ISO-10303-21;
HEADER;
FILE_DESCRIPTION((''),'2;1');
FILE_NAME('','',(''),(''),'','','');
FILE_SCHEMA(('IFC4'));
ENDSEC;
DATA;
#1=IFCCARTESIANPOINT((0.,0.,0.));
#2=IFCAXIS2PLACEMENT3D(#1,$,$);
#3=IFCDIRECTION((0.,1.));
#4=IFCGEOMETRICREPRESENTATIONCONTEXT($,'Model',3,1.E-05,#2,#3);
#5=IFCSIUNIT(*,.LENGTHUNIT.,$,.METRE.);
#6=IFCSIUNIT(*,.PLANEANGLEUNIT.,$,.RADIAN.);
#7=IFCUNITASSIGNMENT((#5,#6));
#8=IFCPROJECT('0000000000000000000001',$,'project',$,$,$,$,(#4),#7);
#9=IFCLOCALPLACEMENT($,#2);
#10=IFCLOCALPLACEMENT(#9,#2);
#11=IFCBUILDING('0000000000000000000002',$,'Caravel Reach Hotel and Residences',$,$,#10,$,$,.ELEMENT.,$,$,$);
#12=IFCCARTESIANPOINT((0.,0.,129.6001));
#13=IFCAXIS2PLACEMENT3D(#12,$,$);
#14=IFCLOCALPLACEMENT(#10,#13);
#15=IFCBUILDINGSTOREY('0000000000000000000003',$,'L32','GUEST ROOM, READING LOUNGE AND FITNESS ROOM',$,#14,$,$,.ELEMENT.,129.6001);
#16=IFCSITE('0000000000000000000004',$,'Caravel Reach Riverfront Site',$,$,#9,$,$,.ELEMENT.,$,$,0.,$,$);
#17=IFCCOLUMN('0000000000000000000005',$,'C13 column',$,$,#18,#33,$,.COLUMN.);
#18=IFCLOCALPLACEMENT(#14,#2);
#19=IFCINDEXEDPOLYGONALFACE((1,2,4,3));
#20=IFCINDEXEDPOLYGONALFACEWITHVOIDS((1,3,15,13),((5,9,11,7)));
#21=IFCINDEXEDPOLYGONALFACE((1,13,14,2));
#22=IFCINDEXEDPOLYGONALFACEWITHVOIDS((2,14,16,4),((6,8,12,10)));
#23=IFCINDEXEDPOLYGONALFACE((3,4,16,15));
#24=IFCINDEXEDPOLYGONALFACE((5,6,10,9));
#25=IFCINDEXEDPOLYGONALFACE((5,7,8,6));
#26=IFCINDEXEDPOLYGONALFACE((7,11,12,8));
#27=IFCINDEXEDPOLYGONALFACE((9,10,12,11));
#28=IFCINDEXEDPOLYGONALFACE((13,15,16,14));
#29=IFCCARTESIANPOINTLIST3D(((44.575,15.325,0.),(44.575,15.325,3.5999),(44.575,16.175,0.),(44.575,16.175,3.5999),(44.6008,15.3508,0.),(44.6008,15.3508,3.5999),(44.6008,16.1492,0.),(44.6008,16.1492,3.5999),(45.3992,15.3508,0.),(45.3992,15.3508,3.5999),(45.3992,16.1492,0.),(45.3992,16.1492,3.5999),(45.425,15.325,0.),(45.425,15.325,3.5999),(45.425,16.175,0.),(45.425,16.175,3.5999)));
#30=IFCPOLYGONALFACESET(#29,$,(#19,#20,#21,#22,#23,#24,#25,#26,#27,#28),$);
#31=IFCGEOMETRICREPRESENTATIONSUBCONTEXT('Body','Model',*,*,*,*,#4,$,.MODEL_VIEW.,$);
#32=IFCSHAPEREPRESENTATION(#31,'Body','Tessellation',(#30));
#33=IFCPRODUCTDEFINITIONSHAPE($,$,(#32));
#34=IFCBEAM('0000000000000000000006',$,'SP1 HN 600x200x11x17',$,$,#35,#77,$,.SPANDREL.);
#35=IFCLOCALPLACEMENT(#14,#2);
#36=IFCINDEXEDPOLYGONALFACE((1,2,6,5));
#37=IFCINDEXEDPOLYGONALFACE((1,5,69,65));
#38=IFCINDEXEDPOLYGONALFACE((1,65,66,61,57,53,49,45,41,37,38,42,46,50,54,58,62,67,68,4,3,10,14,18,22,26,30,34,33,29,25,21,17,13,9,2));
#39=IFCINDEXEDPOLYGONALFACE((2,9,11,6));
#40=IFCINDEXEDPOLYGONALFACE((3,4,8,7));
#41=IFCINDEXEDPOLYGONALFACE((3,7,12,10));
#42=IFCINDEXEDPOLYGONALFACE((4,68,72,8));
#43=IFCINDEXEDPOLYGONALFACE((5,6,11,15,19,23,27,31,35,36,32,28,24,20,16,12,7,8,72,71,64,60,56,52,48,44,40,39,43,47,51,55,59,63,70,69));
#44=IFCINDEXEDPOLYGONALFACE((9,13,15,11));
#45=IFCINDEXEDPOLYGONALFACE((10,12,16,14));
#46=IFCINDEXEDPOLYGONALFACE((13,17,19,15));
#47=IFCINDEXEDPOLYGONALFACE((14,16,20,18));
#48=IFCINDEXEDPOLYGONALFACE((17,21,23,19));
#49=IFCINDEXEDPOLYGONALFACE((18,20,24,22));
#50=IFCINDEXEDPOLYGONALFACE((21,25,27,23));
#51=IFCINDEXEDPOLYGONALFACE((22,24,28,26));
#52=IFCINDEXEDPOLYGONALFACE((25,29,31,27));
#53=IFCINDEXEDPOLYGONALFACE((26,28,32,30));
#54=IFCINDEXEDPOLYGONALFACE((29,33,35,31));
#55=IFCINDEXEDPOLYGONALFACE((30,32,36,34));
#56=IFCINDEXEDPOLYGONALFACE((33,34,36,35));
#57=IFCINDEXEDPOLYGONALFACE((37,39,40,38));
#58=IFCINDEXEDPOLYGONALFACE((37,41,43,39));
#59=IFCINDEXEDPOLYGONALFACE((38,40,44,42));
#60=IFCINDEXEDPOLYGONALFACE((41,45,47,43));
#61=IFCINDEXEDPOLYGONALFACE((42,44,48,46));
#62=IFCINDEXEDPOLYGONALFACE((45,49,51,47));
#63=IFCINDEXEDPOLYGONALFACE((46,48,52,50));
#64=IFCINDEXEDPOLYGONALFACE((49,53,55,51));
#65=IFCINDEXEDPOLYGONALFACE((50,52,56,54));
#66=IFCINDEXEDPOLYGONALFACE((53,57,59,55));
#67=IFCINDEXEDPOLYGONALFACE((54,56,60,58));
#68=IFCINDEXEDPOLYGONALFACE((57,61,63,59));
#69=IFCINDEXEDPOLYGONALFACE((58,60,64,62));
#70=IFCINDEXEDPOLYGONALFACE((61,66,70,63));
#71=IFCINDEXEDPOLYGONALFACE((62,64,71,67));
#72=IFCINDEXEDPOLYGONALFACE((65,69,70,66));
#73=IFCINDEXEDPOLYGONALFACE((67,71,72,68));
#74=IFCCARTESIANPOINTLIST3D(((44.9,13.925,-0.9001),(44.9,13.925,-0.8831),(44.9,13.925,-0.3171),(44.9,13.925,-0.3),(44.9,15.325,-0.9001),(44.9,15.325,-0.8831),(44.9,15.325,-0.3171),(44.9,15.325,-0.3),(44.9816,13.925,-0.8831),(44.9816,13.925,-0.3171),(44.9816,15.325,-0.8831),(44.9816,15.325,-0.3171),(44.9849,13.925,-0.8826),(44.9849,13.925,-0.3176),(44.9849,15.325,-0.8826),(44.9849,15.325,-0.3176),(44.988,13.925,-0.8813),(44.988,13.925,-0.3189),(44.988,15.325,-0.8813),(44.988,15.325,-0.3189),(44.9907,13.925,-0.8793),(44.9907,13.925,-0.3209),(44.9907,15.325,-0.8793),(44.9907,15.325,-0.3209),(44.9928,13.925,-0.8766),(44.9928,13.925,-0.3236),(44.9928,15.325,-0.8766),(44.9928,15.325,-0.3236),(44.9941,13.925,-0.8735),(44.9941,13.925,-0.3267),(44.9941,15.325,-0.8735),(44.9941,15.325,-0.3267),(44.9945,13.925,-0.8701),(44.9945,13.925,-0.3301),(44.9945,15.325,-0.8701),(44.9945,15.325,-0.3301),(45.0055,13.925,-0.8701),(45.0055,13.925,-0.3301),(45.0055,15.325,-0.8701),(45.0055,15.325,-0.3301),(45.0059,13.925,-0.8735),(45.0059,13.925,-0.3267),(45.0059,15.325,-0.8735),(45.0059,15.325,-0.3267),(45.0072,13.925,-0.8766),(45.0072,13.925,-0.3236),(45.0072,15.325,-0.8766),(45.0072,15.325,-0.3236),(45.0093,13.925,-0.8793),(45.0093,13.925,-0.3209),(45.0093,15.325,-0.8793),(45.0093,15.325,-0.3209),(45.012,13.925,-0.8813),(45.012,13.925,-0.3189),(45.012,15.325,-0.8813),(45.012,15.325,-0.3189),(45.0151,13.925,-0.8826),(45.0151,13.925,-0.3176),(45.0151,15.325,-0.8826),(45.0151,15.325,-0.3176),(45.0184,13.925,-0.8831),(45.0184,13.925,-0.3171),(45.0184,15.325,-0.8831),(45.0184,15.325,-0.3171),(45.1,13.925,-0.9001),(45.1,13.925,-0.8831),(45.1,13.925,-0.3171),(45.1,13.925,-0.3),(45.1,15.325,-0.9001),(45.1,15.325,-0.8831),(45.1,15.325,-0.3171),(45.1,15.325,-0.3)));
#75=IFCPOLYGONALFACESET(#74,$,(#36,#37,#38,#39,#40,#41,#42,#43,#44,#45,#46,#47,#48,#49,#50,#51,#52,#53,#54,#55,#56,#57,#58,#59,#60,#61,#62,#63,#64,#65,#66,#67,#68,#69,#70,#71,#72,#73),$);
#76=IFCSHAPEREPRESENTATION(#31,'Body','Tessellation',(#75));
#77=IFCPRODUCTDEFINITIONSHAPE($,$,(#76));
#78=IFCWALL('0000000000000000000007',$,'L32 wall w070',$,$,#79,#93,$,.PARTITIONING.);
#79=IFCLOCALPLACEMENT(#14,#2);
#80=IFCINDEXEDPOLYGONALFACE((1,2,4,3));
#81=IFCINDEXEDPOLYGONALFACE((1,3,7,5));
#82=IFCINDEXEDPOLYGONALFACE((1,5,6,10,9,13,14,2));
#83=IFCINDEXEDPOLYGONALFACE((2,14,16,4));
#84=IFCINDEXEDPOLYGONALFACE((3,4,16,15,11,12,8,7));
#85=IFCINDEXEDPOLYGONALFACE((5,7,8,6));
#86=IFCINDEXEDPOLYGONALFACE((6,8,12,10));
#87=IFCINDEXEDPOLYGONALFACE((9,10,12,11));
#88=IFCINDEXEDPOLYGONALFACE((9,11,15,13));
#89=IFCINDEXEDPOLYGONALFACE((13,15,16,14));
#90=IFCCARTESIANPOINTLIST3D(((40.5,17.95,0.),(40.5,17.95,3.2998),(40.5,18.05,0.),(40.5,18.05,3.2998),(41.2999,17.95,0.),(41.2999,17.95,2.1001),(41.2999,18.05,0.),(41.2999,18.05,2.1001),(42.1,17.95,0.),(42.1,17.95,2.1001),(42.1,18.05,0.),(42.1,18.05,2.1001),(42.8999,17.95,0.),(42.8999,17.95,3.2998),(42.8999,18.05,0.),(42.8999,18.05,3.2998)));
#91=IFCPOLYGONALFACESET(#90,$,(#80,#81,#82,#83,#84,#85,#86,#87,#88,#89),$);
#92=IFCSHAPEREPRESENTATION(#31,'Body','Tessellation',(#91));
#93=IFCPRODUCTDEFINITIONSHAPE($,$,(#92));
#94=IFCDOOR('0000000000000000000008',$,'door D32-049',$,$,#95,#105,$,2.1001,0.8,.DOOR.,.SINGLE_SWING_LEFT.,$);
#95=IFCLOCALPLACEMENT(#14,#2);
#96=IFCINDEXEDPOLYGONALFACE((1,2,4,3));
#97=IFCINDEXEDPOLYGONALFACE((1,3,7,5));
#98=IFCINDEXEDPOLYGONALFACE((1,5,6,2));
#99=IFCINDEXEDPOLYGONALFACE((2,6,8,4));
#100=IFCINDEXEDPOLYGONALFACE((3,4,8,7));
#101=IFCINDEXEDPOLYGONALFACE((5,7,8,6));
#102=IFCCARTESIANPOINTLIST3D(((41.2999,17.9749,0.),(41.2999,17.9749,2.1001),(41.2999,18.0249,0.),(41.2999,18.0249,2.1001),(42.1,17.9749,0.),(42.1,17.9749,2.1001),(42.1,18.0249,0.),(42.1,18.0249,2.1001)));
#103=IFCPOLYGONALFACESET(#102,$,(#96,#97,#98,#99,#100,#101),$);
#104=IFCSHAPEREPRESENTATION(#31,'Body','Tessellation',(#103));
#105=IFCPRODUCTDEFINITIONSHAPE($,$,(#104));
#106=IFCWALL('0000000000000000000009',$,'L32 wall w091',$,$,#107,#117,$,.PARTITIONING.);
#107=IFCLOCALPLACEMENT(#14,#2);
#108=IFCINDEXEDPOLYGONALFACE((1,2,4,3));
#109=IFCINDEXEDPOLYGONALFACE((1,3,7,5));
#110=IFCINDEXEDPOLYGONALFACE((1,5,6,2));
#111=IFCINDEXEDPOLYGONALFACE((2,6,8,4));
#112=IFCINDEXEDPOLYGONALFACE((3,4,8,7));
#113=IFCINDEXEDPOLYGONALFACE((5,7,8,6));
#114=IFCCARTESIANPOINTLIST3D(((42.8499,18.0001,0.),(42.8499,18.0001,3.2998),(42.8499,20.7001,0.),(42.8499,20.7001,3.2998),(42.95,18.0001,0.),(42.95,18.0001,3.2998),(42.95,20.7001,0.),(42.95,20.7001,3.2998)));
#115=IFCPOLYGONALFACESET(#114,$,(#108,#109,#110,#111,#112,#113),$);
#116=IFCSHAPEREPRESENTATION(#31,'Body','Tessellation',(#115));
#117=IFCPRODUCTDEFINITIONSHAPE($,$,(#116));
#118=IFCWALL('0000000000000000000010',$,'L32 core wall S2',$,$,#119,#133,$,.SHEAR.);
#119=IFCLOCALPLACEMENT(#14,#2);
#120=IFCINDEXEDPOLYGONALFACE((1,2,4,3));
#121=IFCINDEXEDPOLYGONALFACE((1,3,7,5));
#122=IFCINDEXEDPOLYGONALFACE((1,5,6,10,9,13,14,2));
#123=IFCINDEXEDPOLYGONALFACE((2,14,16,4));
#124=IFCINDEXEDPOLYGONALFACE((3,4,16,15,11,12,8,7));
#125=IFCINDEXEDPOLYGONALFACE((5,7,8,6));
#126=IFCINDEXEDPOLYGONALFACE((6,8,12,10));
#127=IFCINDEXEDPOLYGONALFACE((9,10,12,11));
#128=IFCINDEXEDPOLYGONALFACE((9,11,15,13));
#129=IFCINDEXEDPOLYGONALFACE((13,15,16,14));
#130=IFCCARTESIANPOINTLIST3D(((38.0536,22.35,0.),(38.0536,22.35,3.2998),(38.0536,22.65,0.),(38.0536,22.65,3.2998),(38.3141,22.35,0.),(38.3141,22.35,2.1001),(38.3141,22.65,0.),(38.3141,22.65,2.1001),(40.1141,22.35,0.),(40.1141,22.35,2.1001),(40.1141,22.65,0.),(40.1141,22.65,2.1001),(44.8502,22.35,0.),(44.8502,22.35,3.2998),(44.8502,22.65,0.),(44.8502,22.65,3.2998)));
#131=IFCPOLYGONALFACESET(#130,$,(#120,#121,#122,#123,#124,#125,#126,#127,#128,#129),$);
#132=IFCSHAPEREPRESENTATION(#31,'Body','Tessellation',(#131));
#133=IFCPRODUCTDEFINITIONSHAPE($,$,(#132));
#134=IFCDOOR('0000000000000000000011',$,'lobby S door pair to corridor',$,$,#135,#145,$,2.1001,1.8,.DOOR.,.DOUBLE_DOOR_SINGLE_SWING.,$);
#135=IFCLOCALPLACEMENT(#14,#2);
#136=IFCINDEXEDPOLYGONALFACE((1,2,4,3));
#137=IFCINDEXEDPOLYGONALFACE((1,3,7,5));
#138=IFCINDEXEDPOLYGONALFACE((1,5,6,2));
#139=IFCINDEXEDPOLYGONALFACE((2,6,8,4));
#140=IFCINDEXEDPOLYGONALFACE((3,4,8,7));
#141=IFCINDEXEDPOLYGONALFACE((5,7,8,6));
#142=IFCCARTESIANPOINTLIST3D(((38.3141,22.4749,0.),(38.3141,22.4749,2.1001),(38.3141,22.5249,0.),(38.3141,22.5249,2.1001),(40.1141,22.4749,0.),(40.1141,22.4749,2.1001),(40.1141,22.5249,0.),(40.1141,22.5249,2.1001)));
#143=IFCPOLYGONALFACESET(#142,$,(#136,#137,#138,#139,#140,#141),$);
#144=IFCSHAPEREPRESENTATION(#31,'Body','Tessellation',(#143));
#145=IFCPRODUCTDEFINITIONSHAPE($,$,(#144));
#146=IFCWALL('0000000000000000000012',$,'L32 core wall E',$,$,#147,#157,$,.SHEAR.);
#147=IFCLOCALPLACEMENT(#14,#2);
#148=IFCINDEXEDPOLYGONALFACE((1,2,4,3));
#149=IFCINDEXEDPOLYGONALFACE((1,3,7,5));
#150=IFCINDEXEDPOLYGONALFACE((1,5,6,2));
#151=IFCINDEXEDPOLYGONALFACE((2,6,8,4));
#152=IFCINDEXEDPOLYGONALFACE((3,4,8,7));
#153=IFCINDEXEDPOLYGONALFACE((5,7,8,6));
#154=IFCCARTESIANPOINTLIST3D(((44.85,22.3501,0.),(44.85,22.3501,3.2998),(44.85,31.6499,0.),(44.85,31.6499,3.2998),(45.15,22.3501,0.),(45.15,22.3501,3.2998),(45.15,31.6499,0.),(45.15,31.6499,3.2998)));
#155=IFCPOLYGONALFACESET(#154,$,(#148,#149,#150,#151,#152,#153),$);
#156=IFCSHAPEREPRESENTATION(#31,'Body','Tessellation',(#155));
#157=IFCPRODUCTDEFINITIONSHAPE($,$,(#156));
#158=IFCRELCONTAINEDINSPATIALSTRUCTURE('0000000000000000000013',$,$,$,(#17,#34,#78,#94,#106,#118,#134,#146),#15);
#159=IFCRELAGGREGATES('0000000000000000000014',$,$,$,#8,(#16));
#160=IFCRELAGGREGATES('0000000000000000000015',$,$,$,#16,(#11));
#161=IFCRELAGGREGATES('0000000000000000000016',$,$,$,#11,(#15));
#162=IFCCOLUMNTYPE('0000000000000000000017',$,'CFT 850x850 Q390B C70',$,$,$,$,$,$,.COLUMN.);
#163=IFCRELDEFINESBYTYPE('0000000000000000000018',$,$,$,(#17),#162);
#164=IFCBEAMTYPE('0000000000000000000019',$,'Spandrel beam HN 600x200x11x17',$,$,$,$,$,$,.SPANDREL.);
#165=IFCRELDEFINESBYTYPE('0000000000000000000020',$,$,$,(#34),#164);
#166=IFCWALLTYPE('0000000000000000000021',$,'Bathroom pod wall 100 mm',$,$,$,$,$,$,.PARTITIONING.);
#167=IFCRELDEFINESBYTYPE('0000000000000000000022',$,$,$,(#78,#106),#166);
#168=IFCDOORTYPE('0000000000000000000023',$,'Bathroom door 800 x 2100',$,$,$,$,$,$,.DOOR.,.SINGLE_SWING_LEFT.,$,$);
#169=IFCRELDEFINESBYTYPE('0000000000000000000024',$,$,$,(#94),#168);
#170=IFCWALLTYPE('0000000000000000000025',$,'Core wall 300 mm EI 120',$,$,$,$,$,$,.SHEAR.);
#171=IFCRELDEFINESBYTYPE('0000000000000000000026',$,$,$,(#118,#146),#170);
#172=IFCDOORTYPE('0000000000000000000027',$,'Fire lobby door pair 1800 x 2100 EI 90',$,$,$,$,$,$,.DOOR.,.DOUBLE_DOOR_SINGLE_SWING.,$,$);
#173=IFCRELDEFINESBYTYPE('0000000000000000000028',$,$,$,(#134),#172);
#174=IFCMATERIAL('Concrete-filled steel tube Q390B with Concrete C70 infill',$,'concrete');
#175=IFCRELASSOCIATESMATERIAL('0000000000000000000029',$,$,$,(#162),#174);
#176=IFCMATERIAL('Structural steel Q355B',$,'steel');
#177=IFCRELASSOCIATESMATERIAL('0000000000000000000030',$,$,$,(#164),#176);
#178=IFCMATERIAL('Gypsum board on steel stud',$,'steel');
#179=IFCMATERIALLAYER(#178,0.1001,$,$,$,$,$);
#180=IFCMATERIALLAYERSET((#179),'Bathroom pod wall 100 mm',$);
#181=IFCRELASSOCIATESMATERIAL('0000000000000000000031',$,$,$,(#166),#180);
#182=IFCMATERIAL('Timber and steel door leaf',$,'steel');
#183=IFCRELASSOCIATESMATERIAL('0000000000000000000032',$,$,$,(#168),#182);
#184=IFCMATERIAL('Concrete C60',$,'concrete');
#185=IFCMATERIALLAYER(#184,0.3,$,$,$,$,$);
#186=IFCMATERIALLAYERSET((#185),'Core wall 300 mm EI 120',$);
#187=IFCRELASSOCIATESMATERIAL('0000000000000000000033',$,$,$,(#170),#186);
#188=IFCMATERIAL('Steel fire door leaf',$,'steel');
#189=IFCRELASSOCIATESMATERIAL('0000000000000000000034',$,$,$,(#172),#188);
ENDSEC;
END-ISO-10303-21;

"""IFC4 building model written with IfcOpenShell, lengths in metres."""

from ifc_helpers import new_model, si_unit, direction, frame, frame_2d, origin, origin_2d, place, context, subcontext, project, spatial, rectangle, hollow_rectangle, i_section, extrude, material, layer, layer_set, material_profile, profile_set, type_object, element, fill, save


model = new_model("IFC4")

# Units and contexts
model_context = context("Model", 3, precision=1e-05, world=origin(), true_north=direction((0.0, 1.0)))
body_context = subcontext(model_context, "Body", "Model", "MODEL_VIEW")
ifc_project = project(units=[si_unit("LENGTHUNIT", "METRE"), si_unit("PLANEANGLEUNIT", "RADIAN")], contexts=[model_context])

# Site, building, storey
site_placement = place(None, origin())
site = spatial("IfcSite", under=ifc_project, at=site_placement, Name="Caravel Reach Riverfront Site", CompositionType="ELEMENT", RefElevation=0.0)
building_placement = place(site_placement, origin())
building = spatial("IfcBuilding", under=site, at=building_placement, Name="Caravel Reach Hotel and Residences", CompositionType="ELEMENT")
storey_placement = place(building_placement, frame((0.0, 0.0, 129.6001)))
storey = spatial("IfcBuildingStorey", under=building, at=storey_placement, Name="L32", Description="GUEST ROOM, READING LOUNGE AND FITNESS ROOM", CompositionType="ELEMENT", Elevation=129.6001)

# Column
ifc_material_1 = material(Name="Concrete-filled steel tube Q390B with Concrete C70 infill", Category="concrete")
ifc_material_profile_1 = material_profile(ifc_material_1, hollow_rectangle(XDim=0.8501, YDim=0.8501, WallThickness=0.0259, at=origin_2d()), Name="RHS 850x850x26")
ifc_profile_set_1 = profile_set([ifc_material_profile_1], Name="Concrete-filled steel tube Q390B with Concrete C70 infill")
column_type = type_object("IfcColumnType", Name="CFT 850x850 Q390B C70", PredefinedType="COLUMN", material=ifc_profile_set_1)
column_placement = place(storey_placement, frame((45.0, 15.75, 0.0), z_axis=(0.0, 0.0, 1.0), x_axis=(1.0, 0.0, 0.0)))
element("IfcColumn", 1, at=column_placement, inside=storey, type_object=column_type, Name="C13 column", PredefinedType="COLUMN", context=body_context, shape_type="SweptSolid", body=[
    extrude(hollow_rectangle(XDim=0.8501, YDim=0.8501, WallThickness=0.0259, at=origin_2d()), origin(), (0.0, 0.0, 1.0), 3.5999),
])

# Beam
ifc_material_2 = material(Name="Structural steel Q355B", Category="steel")
ifc_material_profile_2 = material_profile(ifc_material_2, i_section(OverallWidth=0.2, OverallDepth=0.6001, WebThickness=0.011, FlangeThickness=0.0171, FilletRadius=0.0129, at=origin_2d()), Name="HN 600x200x11x17")
ifc_profile_set_2 = profile_set([ifc_material_profile_2], Name="Structural steel Q355B")
beam_type = type_object("IfcBeamType", Name="Spandrel beam HN 600x200x11x17", PredefinedType="SPANDREL", material=ifc_profile_set_2)
beam_placement = place(storey_placement, frame((45.0, 13.925, -0.6001), z_axis=(0.0, 1.0, 0.0), x_axis=(-1.0, 0.0, 0.0)))
element("IfcBeam", 2, at=beam_placement, inside=storey, type_object=beam_type, Name="SP1 HN 600x200x11x17", PredefinedType="SPANDREL", context=body_context, shape_type="SweptSolid", body=[
    extrude(i_section(OverallWidth=0.2, OverallDepth=0.6001, WebThickness=0.011, FlangeThickness=0.0171, FilletRadius=0.0129, at=origin_2d()), origin(), (0.0, 0.0, 1.0), 1.3999),
])

# Wall, opening, door
ifc_material_3 = material(Name="Gypsum board on steel stud", Category="steel")
ifc_layer_1 = layer(ifc_material_3, 0.1001)
ifc_layer_set_1 = layer_set([ifc_layer_1], Name="Bathroom pod wall 100 mm")
wall_type_1 = type_object("IfcWallType", Name="Bathroom pod wall 100 mm", PredefinedType="PARTITIONING", material=ifc_layer_set_1)
wall_1_placement = place(storey_placement, frame((40.5, 18.0, 0.0), z_axis=(0.0, 0.0, 1.0), x_axis=(1.0, 0.0, 0.0)))
wall_1 = element("IfcWall", 3, at=wall_1_placement, inside=storey, type_object=wall_type_1, Name="L32 wall w070", PredefinedType="PARTITIONING", context=body_context, shape_type="SweptSolid", body=[
    extrude(rectangle(XDim=2.3999, YDim=0.1001, at=frame_2d((1.2, 0.0))), origin(), (0.0, 0.0, 1.0), 3.2998),
])
opening_1_placement = place(wall_1_placement, frame((0.8, 0.0, 0.0)))
opening_1 = element("IfcOpeningElement", 4, at=opening_1_placement, cuts=wall_1, PredefinedType="OPENING", context=body_context, shape_type="SweptSolid", body=[
    extrude(rectangle(XDim=0.8, YDim=2.1001, at=frame_2d((0.3999, 1.05))), frame((0.0, 0.0601, 0.0), z_axis=(0.0, -1.0, 0.0), x_axis=(1.0, 0.0, 0.0)), (0.0, 0.0, 1.0), 0.1201),
])
ifc_material_4 = material(Name="Timber and steel door leaf", Category="steel")
door_type_1 = type_object("IfcDoorType", Name="Bathroom door 800 x 2100", OperationType="SINGLE_SWING_LEFT", PredefinedType="DOOR", material=ifc_material_4)
door_1_placement = place(opening_1_placement, origin())
door_1 = element("IfcDoor", 5, at=door_1_placement, inside=storey, type_object=door_type_1, Name="door D32-049", OperationType="SINGLE_SWING_LEFT", OverallHeight=2.1001, OverallWidth=0.8, PredefinedType="DOOR", context=body_context, shape_type="SweptSolid", body=[
    extrude(rectangle(XDim=0.8, YDim=2.1001, at=frame_2d((0.3999, 1.05))), frame((0.0, 0.0249, 0.0), z_axis=(0.0, -1.0, 0.0), x_axis=(1.0, 0.0, 0.0)), (0.0, 0.0, 1.0), 0.05),
])
fill(opening_1, door_1)

# Wall
wall_2_placement = place(storey_placement, frame((42.8999, 18.0, 0.0), z_axis=(0.0, 0.0, 1.0), x_axis=(0.0, 1.0, 0.0)))
element("IfcWall", 6, at=wall_2_placement, inside=storey, type_object=wall_type_1, Name="L32 wall w091", PredefinedType="PARTITIONING", context=body_context, shape_type="SweptSolid", body=[
    extrude(rectangle(XDim=2.7, YDim=0.1001, at=frame_2d((1.3501, 0.0))), origin(), (0.0, 0.0, 1.0), 3.2998),
])

# Wall, opening, door
ifc_material_5 = material(Name="Concrete C60", Category="concrete")
ifc_layer_2 = layer(ifc_material_5, 0.3)
ifc_layer_set_2 = layer_set([ifc_layer_2], Name="Core wall 300 mm EI 120")
wall_type_2 = type_object("IfcWallType", Name="Core wall 300 mm EI 120", PredefinedType="SHEAR", material=ifc_layer_set_2)
wall_3_placement = place(storey_placement, frame((38.0535, 22.5, 0.0), z_axis=(0.0, 0.0, 1.0), x_axis=(1.0, 0.0, 0.0)))
wall_3 = element("IfcWall", 7, at=wall_3_placement, inside=storey, type_object=wall_type_2, Name="L32 core wall S2", PredefinedType="SHEAR", context=body_context, shape_type="SweptSolid", body=[
    extrude(rectangle(XDim=6.7966, YDim=0.3, at=frame_2d((3.3984, 0.0))), origin(), (0.0, 0.0, 1.0), 3.2998),
])
opening_2_placement = place(wall_3_placement, frame((0.2607, 0.0, 0.0)))
opening_2 = element("IfcOpeningElement", 8, at=opening_2_placement, cuts=wall_3, PredefinedType="OPENING", context=body_context, shape_type="SweptSolid", body=[
    extrude(rectangle(XDim=1.8, YDim=2.1001, at=frame_2d((0.8999, 1.05))), frame((0.0, 0.1599, 0.0), z_axis=(0.0, -1.0, 0.0), x_axis=(1.0, 0.0, 0.0)), (0.0, 0.0, 1.0), 0.3201),
])
ifc_material_6 = material(Name="Steel fire door leaf", Category="steel")
door_type_2 = type_object("IfcDoorType", Name="Fire lobby door pair 1800 x 2100 EI 90", OperationType="DOUBLE_DOOR_SINGLE_SWING", PredefinedType="DOOR", material=ifc_material_6)
door_2_placement = place(opening_2_placement, origin())
door_2 = element("IfcDoor", 9, at=door_2_placement, inside=storey, type_object=door_type_2, Name="lobby S door pair to corridor", OperationType="DOUBLE_DOOR_SINGLE_SWING", OverallHeight=2.1001, OverallWidth=1.8, PredefinedType="DOOR", context=body_context, shape_type="SweptSolid", body=[
    extrude(rectangle(XDim=1.8, YDim=2.1001, at=frame_2d((0.8999, 1.05))), frame((0.0, 0.0249, 0.0), z_axis=(0.0, -1.0, 0.0), x_axis=(1.0, 0.0, 0.0)), (0.0, 0.0, 1.0), 0.05),
])
fill(opening_2, door_2)

# Wall
wall_4_placement = place(storey_placement, frame((45.0, 22.3501, 0.0), z_axis=(0.0, 0.0, 1.0), x_axis=(0.0, 1.0, 0.0)))
element("IfcWall", 10, at=wall_4_placement, inside=storey, type_object=wall_type_2, Name="L32 core wall E", PredefinedType="SHEAR", context=body_context, shape_type="SweptSolid", body=[
    extrude(rectangle(XDim=9.2998, YDim=0.3, at=frame_2d((4.6499, 0.0))), origin(), (0.0, 0.0, 1.0), 3.2998),
])

save(model, "model.ifc")
